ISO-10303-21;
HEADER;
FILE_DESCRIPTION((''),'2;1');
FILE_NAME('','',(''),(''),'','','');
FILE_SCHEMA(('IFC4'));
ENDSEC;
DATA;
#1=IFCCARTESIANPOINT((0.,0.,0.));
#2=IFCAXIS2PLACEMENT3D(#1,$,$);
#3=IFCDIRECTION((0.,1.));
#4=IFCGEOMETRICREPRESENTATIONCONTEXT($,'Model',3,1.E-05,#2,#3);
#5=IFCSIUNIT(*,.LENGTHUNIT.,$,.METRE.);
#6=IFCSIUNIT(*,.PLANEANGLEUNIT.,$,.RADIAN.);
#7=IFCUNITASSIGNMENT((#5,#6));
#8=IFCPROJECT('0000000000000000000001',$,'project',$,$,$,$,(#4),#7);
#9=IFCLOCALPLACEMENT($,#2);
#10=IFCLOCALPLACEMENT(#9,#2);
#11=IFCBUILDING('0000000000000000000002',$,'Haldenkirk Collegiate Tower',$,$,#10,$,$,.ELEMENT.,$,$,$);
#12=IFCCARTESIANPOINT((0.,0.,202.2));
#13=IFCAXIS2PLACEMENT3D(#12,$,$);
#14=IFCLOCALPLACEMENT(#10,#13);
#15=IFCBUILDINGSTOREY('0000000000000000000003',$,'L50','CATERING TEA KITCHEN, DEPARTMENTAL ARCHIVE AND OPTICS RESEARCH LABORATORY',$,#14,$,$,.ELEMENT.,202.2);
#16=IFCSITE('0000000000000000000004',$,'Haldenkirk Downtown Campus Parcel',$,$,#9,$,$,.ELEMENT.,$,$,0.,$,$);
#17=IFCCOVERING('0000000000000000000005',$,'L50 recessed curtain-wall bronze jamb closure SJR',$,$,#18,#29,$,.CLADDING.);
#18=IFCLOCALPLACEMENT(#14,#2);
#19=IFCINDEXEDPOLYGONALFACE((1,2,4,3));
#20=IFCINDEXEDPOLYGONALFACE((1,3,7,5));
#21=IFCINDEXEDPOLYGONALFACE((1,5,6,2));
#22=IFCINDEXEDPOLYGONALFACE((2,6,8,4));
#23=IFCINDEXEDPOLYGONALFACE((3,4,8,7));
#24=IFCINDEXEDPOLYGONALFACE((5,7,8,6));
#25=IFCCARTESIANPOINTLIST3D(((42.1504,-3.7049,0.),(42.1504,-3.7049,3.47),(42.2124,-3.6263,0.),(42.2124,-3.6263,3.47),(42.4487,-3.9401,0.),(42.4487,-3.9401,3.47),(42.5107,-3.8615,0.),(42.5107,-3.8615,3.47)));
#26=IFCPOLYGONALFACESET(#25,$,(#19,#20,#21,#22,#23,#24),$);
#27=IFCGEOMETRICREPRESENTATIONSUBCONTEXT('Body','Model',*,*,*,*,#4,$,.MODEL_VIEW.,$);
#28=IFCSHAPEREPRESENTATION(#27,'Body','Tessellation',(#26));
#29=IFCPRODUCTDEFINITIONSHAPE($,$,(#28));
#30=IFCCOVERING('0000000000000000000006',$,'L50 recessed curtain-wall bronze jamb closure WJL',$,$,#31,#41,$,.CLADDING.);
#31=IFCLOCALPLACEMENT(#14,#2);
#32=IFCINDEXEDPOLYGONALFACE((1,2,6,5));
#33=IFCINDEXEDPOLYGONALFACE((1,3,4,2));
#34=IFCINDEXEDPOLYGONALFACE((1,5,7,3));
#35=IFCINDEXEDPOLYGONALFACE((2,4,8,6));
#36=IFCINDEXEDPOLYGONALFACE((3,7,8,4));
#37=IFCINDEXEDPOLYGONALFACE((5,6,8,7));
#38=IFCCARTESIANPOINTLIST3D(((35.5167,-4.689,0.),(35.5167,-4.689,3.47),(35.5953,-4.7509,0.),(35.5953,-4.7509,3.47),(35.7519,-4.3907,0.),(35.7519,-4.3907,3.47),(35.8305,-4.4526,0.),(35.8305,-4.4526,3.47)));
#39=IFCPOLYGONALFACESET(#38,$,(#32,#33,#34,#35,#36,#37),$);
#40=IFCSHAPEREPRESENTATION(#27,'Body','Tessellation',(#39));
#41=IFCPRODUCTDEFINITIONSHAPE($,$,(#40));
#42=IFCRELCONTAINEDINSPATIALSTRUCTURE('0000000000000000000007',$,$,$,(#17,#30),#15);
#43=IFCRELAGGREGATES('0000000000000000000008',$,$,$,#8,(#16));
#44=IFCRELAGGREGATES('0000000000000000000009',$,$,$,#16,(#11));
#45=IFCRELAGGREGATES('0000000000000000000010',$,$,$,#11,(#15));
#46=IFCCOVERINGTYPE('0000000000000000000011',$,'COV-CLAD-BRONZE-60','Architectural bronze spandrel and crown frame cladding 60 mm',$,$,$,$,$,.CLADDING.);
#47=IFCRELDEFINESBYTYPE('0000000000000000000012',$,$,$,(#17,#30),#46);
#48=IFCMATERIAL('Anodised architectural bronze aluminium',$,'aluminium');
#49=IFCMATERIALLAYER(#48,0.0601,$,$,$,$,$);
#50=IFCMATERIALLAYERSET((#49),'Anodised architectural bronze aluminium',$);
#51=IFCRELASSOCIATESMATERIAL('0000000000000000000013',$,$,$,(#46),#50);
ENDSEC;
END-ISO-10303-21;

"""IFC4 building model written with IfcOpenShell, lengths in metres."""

from ifc_helpers import new_model, si_unit, direction, frame, origin, origin_2d, place, context, subcontext, project, spatial, rectangle, extrude, source, transform, mapped, material, layer, layer_set, type_object, element, save


model = new_model("IFC4")

# Units and contexts
model_context = context("Model", 3, precision=1e-05, world=origin(), true_north=direction((0.0, 1.0)))
body_context = subcontext(model_context, "Body", "Model", "MODEL_VIEW")
ifc_project = project(units=[si_unit("LENGTHUNIT", "METRE"), si_unit("PLANEANGLEUNIT", "RADIAN")], contexts=[model_context])

# Site, building, storey
site_placement = place(None, origin())
site = spatial("IfcSite", under=ifc_project, at=site_placement, Name="Haldenkirk Downtown Campus Parcel", CompositionType="ELEMENT", RefElevation=0.0)
building_placement = place(site_placement, origin())
building = spatial("IfcBuilding", under=site, at=building_placement, Name="Haldenkirk Collegiate Tower", CompositionType="ELEMENT")
storey_placement = place(building_placement, frame((0.0, 0.0, 202.2)))
storey = spatial("IfcBuildingStorey", under=building, at=storey_placement, Name="L50", Description="CATERING TEA KITCHEN, DEPARTMENTAL ARCHIVE AND OPTICS RESEARCH LABORATORY", CompositionType="ELEMENT", Elevation=202.2)

# Shared definitions
ifc_material_1 = material(Name="Anodised architectural bronze aluminium", Category="aluminium")

# Coverings
ifc_layer_1 = layer(ifc_material_1, 0.0601)
ifc_layer_set_1 = layer_set([ifc_layer_1], Name="Anodised architectural bronze aluminium")
covering_type = type_object("IfcCoveringType", Name="COV-CLAD-BRONZE-60", Description="Architectural bronze spandrel and crown frame cladding 60 mm", PredefinedType="CLADDING", material=ifc_layer_set_1)
shared_shape_1 = source(origin(), body_context, "Body", "SweptSolid", [
    extrude(rectangle(XDim=0.1001, YDim=0.3799, at=origin_2d()), origin(), (0.0, 0.0, 1.0), 3.47),
])
for number, where, z_axis, x_axis, name in (
    (1, (42.3306, -3.7832, 0.0), (0.0, 0.0, 1.0), (-0.619094, -0.785317, 0.0), "L50 recessed curtain-wall bronze jamb closure SJR"),
    (2, (35.6736, -4.5708, 0.0), (0.0, 0.0, 1.0), (-0.785317, 0.619094, 0.0), "L50 recessed curtain-wall bronze jamb closure WJL"),
):
    element("IfcCovering", number, at=place(storey_placement, frame(where, z_axis=z_axis, x_axis=x_axis)), inside=storey, type_object=covering_type, Name=name, PredefinedType="CLADDING", context=body_context, shape_type="MappedRepresentation", body=[
        mapped(shared_shape_1, transform((0.0, 0.0, 0.0), x_axis=(1.0, 0.0, 0.0), y_axis=(0.0, 1.0, 0.0), z_axis=(0.0, 0.0, 1.0), scale=1.0)),
    ])

save(model, "model.ifc")
